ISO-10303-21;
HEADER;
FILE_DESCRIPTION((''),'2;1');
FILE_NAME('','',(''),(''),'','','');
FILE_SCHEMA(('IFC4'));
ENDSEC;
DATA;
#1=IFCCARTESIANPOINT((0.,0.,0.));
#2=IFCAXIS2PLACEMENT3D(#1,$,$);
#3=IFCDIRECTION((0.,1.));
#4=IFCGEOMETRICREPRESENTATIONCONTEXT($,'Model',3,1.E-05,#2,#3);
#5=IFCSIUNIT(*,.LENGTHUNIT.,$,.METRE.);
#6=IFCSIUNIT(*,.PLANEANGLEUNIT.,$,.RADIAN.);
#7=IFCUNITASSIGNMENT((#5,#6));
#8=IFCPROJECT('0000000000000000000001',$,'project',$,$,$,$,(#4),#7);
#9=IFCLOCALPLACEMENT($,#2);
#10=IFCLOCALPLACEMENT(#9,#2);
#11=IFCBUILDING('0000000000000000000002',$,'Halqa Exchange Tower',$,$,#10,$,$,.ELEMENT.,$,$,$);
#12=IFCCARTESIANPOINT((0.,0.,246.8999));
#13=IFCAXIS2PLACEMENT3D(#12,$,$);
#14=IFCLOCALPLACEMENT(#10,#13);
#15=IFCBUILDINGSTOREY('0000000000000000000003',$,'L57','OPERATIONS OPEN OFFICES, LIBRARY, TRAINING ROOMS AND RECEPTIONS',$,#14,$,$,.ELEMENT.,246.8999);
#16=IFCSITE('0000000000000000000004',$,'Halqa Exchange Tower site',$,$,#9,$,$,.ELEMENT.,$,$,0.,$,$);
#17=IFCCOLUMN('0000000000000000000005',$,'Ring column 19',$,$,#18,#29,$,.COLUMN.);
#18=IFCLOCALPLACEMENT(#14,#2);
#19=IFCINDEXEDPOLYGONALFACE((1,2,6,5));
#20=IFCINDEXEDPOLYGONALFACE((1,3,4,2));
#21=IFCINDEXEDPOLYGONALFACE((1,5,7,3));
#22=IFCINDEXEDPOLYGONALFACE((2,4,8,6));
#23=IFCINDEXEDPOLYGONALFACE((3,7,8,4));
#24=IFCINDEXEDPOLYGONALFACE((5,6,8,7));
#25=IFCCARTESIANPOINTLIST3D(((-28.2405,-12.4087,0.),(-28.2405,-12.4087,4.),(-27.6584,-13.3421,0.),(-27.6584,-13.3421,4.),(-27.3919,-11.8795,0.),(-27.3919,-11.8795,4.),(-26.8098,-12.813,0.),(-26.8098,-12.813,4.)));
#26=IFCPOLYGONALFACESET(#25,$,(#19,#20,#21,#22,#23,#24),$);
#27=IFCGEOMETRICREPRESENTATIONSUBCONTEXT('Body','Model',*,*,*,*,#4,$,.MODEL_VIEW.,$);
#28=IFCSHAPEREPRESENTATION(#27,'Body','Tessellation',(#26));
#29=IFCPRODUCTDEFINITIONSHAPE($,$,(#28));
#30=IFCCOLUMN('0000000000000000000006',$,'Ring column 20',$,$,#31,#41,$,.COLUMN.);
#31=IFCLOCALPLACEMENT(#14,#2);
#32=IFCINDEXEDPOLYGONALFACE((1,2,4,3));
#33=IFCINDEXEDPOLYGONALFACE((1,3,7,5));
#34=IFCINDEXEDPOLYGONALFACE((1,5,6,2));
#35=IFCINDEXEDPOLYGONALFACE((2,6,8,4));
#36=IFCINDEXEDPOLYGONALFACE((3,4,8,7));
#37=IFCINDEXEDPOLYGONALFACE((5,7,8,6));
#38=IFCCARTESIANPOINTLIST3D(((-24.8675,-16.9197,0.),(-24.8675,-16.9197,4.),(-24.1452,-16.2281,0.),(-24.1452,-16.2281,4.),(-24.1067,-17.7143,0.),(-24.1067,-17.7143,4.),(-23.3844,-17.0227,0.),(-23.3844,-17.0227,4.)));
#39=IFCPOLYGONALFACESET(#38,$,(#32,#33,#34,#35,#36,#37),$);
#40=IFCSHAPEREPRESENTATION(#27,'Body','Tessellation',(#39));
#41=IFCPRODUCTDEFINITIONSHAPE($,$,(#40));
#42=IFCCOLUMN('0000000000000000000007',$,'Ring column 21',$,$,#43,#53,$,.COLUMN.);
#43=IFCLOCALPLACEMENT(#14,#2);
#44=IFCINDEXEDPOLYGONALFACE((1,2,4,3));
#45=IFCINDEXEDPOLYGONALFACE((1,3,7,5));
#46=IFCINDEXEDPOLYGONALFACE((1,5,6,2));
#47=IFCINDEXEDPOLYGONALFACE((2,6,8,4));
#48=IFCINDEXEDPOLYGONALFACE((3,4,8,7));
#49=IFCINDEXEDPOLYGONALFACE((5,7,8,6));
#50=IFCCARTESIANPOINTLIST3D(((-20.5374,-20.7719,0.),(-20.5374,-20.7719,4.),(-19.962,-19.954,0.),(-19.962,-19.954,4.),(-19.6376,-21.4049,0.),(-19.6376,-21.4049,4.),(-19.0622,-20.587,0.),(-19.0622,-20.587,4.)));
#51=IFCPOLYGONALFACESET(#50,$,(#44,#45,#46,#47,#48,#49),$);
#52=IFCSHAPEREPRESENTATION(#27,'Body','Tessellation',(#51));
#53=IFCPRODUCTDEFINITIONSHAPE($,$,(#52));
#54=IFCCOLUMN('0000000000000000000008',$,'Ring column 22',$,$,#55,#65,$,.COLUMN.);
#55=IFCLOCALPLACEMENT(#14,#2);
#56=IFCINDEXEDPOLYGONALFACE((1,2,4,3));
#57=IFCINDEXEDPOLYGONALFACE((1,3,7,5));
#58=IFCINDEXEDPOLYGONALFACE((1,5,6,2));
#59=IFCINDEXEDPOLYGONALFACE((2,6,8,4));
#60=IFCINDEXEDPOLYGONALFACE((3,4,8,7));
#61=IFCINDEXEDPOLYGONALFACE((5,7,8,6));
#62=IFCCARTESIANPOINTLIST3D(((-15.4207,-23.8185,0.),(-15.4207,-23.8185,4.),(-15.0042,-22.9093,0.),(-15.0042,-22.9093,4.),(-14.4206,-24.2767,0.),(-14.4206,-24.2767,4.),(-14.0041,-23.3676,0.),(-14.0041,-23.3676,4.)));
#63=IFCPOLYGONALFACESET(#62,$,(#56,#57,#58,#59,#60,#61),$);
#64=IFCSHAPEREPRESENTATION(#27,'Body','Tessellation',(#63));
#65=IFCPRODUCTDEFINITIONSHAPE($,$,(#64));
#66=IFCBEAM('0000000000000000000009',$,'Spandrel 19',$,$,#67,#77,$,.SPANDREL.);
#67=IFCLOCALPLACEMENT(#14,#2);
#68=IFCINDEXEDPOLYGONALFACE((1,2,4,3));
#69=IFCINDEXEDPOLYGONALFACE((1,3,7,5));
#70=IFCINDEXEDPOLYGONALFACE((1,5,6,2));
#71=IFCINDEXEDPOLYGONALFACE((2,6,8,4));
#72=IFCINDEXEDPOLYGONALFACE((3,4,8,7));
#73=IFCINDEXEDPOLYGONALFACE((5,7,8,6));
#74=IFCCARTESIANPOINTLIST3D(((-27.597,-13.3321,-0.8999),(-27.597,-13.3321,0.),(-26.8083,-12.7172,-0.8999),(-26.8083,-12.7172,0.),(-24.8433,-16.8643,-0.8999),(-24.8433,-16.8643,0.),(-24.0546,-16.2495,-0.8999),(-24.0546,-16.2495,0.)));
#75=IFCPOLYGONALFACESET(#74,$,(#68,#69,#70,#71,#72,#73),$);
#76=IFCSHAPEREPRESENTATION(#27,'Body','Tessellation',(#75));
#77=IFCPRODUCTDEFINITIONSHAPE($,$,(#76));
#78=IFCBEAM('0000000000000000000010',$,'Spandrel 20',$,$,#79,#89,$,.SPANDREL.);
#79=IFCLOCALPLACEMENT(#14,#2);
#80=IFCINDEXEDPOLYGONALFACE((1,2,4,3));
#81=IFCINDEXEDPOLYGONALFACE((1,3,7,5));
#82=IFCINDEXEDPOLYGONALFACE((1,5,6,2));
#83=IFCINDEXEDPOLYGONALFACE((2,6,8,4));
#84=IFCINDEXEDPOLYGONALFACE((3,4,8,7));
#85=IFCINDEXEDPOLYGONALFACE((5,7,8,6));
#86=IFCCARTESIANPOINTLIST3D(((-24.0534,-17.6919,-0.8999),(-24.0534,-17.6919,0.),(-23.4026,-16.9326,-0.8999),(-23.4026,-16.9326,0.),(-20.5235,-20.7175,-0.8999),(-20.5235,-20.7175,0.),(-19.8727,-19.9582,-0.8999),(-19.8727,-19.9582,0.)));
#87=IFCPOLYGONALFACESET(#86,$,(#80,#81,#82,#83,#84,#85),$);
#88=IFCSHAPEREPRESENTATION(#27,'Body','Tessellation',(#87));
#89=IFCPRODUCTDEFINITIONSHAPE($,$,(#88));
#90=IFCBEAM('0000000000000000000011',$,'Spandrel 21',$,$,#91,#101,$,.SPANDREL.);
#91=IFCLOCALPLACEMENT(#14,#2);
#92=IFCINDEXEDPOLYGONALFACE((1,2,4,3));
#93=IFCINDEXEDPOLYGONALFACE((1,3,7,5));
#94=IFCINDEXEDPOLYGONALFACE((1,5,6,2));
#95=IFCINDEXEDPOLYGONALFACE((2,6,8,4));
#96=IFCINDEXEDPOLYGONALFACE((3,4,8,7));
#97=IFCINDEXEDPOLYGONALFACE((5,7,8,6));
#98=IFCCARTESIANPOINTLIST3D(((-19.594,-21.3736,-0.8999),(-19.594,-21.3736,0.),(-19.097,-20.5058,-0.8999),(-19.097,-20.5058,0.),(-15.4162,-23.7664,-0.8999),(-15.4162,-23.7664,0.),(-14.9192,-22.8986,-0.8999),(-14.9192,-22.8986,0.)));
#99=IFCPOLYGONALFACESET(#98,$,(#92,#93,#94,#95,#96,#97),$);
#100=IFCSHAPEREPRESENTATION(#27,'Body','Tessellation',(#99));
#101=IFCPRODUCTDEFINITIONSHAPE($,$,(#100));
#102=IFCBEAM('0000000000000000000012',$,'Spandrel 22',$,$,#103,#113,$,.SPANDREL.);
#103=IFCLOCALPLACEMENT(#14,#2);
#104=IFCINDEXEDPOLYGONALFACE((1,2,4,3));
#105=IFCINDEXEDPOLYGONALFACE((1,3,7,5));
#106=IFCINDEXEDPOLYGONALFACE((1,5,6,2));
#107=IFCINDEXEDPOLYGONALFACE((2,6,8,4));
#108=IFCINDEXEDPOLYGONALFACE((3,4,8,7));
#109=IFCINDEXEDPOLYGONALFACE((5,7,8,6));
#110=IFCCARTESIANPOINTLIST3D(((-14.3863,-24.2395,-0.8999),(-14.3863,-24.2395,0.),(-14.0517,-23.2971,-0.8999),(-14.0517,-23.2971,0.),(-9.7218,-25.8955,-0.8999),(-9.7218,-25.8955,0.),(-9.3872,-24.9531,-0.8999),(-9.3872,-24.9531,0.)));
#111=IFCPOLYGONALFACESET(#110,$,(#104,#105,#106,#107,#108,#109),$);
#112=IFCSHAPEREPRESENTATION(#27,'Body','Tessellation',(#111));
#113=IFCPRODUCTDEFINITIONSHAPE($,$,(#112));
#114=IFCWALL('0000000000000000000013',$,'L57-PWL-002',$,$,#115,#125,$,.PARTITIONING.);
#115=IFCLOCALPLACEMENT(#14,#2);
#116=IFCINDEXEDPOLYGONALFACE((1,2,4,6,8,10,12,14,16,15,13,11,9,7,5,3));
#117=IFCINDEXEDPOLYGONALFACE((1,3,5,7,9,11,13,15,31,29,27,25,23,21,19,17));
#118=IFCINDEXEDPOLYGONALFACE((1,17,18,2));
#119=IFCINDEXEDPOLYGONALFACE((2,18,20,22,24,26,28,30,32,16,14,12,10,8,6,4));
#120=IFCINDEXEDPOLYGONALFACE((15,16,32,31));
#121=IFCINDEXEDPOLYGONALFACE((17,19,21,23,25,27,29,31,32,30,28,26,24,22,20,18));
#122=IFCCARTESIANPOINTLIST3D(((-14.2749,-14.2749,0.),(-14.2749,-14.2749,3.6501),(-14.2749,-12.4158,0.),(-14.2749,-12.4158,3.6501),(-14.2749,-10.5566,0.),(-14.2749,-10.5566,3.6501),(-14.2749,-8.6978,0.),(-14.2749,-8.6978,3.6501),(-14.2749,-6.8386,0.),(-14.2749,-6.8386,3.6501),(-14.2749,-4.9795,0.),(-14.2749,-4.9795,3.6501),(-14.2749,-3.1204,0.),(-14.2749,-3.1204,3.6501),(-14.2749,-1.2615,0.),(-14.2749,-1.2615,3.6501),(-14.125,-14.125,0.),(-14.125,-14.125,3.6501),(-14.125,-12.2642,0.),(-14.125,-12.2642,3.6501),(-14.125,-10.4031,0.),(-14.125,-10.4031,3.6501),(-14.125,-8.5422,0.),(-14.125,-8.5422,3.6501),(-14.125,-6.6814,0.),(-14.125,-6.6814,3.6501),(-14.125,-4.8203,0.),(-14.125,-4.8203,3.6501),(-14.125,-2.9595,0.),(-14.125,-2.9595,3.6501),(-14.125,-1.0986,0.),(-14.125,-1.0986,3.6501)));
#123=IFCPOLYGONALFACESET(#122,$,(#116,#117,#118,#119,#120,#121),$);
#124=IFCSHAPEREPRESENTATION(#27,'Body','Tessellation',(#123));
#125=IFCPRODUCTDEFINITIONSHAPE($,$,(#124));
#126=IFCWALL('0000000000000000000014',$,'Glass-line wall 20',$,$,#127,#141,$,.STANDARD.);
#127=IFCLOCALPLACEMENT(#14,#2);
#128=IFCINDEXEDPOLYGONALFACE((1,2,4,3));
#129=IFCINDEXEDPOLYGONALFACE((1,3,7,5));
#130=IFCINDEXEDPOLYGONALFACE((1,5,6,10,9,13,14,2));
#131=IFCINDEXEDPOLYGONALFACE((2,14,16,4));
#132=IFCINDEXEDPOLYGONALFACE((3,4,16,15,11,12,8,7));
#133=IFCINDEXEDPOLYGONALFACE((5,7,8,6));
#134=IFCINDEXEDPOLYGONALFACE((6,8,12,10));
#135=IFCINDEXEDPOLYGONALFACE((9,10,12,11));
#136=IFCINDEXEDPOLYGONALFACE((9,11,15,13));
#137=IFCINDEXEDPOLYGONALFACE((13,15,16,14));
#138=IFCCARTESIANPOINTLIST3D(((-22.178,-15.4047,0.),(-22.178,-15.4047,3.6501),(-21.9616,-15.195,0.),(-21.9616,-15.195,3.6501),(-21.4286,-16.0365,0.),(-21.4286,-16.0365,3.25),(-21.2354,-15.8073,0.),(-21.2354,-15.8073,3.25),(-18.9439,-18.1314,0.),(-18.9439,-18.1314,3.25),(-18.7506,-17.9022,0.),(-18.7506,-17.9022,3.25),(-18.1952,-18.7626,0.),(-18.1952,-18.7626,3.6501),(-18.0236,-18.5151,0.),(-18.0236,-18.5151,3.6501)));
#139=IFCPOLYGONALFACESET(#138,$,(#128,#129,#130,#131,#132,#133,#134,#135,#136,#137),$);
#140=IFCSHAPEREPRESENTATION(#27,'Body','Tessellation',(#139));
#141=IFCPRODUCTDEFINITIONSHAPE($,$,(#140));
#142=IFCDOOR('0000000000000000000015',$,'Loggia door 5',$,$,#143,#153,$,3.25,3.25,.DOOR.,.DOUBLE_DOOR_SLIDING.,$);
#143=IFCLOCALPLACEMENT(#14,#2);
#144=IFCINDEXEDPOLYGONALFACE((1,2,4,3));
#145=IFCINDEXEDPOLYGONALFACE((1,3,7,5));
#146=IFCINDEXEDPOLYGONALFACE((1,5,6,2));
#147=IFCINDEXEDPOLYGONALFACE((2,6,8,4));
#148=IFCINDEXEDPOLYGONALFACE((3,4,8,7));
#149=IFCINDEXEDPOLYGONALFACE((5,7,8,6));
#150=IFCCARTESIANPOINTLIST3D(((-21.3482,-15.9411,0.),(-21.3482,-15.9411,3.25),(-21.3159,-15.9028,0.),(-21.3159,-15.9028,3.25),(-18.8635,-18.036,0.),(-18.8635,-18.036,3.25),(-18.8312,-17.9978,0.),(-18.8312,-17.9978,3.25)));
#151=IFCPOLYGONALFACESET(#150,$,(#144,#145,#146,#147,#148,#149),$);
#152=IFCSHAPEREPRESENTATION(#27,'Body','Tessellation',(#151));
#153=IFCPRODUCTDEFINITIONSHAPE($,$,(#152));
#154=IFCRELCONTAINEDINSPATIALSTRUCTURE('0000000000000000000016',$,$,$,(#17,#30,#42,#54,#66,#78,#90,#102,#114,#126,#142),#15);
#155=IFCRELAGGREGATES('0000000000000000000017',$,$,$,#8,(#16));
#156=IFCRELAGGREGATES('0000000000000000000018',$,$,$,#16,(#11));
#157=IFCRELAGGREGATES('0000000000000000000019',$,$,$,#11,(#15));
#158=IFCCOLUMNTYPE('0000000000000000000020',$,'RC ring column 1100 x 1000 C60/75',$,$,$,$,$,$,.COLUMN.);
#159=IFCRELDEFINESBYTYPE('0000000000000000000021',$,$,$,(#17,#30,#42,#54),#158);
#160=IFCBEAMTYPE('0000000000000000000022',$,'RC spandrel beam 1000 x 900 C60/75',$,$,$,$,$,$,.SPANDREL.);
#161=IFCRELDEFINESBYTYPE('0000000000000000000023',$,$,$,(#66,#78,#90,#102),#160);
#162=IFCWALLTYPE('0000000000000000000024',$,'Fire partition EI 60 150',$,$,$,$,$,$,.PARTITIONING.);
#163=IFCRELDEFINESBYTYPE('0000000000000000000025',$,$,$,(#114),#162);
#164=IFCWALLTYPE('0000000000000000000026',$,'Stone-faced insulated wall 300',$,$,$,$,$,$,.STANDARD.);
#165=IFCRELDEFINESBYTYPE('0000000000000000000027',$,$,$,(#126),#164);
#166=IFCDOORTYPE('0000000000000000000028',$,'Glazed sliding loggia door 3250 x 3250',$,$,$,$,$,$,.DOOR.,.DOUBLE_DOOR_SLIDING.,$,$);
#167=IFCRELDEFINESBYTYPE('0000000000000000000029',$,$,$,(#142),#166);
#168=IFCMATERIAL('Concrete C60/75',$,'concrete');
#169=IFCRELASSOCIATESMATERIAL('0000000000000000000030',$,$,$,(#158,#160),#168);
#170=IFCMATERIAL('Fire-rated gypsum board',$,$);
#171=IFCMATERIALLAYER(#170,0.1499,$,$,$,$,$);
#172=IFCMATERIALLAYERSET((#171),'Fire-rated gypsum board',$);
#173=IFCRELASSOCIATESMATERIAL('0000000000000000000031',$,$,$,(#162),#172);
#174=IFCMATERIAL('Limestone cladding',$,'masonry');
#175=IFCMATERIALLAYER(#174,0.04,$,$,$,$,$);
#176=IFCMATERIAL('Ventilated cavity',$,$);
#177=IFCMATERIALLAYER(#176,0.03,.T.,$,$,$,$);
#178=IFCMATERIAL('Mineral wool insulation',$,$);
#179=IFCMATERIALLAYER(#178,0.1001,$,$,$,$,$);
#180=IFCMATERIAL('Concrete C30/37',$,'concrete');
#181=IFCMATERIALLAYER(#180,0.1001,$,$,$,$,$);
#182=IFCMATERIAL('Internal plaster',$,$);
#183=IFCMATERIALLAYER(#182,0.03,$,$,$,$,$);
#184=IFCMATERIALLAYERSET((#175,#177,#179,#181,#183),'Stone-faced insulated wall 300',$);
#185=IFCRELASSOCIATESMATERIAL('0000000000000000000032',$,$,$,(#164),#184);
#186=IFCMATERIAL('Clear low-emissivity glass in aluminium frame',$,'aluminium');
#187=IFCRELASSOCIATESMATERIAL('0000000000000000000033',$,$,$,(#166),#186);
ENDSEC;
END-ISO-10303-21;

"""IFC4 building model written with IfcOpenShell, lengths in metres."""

from ifc_helpers import new_model, si_unit, direction, frame, frame_2d, origin, origin_2d, place, context, subcontext, project, spatial, polyline, rectangle, outline, extrude, material, layer, layer_set, material_profile, profile_set, type_object, element, fill, save


model = new_model("IFC4")

# Units and contexts
model_context = context("Model", 3, precision=1e-05, world=origin(), true_north=direction((0.0, 1.0)))
body_context = subcontext(model_context, "Body", "Model", "MODEL_VIEW")
ifc_project = project(units=[si_unit("LENGTHUNIT", "METRE"), si_unit("PLANEANGLEUNIT", "RADIAN")], contexts=[model_context])

# Site, building, storey
site_placement = place(None, origin())
site = spatial("IfcSite", under=ifc_project, at=site_placement, Name="Halqa Exchange Tower site", CompositionType="ELEMENT", RefElevation=0.0)
building_placement = place(site_placement, origin())
building = spatial("IfcBuilding", under=site, at=building_placement, Name="Halqa Exchange Tower", CompositionType="ELEMENT")
storey_placement = place(building_placement, frame((0.0, 0.0, 246.8999)))
storey = spatial("IfcBuildingStorey", under=building, at=storey_placement, Name="L57", Description="OPERATIONS OPEN OFFICES, LIBRARY, TRAINING ROOMS AND RECEPTIONS", CompositionType="ELEMENT", Elevation=246.8999)

# Columns
ifc_material_1 = material(Name="Concrete C60/75", Category="concrete")
ifc_material_profile_1 = material_profile(ifc_material_1, rectangle(XDim=1.1001, YDim=1.0, at=origin_2d()), Name="1100 x 1000")
ifc_profile_set_1 = profile_set([ifc_material_profile_1], Name="Concrete C60/75")
column_type = type_object("IfcColumnType", Name="RC ring column 1100 x 1000 C60/75", PredefinedType="COLUMN", material=ifc_profile_set_1)
for number, where, z_axis, x_axis, name in (
    (1, (-27.5251, -12.6108, 0.0), (0.0, 0.0, 1.0), (0.529148, -0.84853, 0.0), "Ring column 19"),
    (2, (-24.126, -16.9712, 0.0), (0.0, 0.0, 1.0), (0.691579, -0.722301, 0.0), "Ring column 20"),
    (3, (-19.7998, -20.6794, 0.0), (0.0, 0.0, 1.0), (0.817905, -0.575354, 0.0), "Ring column 21"),
    (4, (-14.7124, -23.593, 0.0), (0.0, 0.0, 1.0), (0.909126, -0.416522, 0.0), "Ring column 22"),
):
    element("IfcColumn", number, at=place(storey_placement, frame(where, z_axis=z_axis, x_axis=x_axis)), inside=storey, type_object=column_type, Name=name, PredefinedType="COLUMN", context=body_context, shape_type="SweptSolid", body=[
        extrude(rectangle(XDim=1.1001, YDim=1.0, at=origin_2d()), origin(), (0.0, 0.0, 1.0), 4.0),
    ])

# Beams
ifc_material_profile_2 = material_profile(ifc_material_1, rectangle(XDim=1.0, YDim=0.8999, at=origin_2d()), Name="1000 x 900")
ifc_profile_set_2 = profile_set([ifc_material_profile_2], Name="Concrete C60/75")
beam_type = type_object("IfcBeamType", Name="RC spandrel beam 1000 x 900 C60/75", PredefinedType="SPANDREL", material=ifc_profile_set_2)
beam_1_placement = place(storey_placement, frame((-27.2026, -13.0247, -0.45), z_axis=(0.614827, -0.788662, 0.0), x_axis=(0.788662, 0.614827, 0.0)))
element("IfcBeam", 5, at=beam_1_placement, inside=storey, type_object=beam_type, Name="Spandrel 19", PredefinedType="SPANDREL", context=body_context, shape_type="SweptSolid", body=[
    extrude(rectangle(XDim=1.0, YDim=0.8999, at=origin_2d()), origin(), (0.0, 0.0, 1.0), 4.4788),
])
beam_2_placement = place(storey_placement, frame((-23.728, -17.3123, -0.45), z_axis=(0.759268, -0.650778, 0.0), x_axis=(0.650778, 0.759268, 0.0)))
element("IfcBeam", 6, at=beam_2_placement, inside=storey, type_object=beam_type, Name="Spandrel 20", PredefinedType="SPANDREL", context=body_context, shape_type="SweptSolid", body=[
    extrude(rectangle(XDim=1.0, YDim=0.8999, at=origin_2d()), origin(), (0.0, 0.0, 1.0), 4.6492),
])
beam_3_placement = place(storey_placement, frame((-19.3455, -20.9397, -0.45), z_axis=(0.867747, -0.497007, 0.0), x_axis=(0.497007, 0.867747, 0.0)))
element("IfcBeam", 7, at=beam_3_placement, inside=storey, type_object=beam_type, Name="Spandrel 21", PredefinedType="SPANDREL", context=body_context, shape_type="SweptSolid", body=[
    extrude(rectangle(XDim=1.0, YDim=0.8999, at=origin_2d()), origin(), (0.0, 0.0, 1.0), 4.8145),
])
beam_4_placement = place(storey_placement, frame((-14.219, -23.7683, -0.45), z_axis=(0.942374, -0.334561, 0.0), x_axis=(0.334561, 0.942374, 0.0)))
element("IfcBeam", 8, at=beam_4_placement, inside=storey, type_object=beam_type, Name="Spandrel 22", PredefinedType="SPANDREL", context=body_context, shape_type="SweptSolid", body=[
    extrude(rectangle(XDim=1.0, YDim=0.8999, at=origin_2d()), origin(), (0.0, 0.0, 1.0), 4.9497),
])

# Wall
ifc_material_2 = material(Name="Fire-rated gypsum board")
ifc_layer_1 = layer(ifc_material_2, 0.1499)
ifc_layer_set_1 = layer_set([ifc_layer_1], Name="Fire-rated gypsum board")
wall_type_1 = type_object("IfcWallType", Name="Fire partition EI 60 150", PredefinedType="PARTITIONING", material=ifc_layer_set_1)
wall_1_placement = place(storey_placement, frame((-14.2, -14.2749, 0.0), z_axis=(0.0, 0.0, 1.0), x_axis=(0.0, 1.0, 0.0)))
element("IfcWall", 9, at=wall_1_placement, inside=storey, type_object=wall_type_1, Name="L57-PWL-002", PredefinedType="PARTITIONING", context=body_context, shape_type="SweptSolid", body=[
    extrude(outline(polyline([(0.1499, -0.075), (2.0107, -0.075), (3.8718, -0.075), (5.7327, -0.075), (7.5935, -0.075), (9.4546, -0.075), (11.3154, -0.075), (13.1763, -0.075), (13.0134, 0.075), (11.1545, 0.075), (9.2954, 0.075), (7.4363, 0.075), (5.5771, 0.075), (3.7183, 0.075), (1.8591, 0.075), (0.0, 0.075), (0.1499, -0.075)])), origin(), (0.0, 0.0, 1.0), 3.6501),
])

# Wall, opening, door
ifc_material_3 = material(Name="Limestone cladding", Category="masonry")
ifc_layer_2 = layer(ifc_material_3, 0.04)
ifc_material_4 = material(Name="Ventilated cavity")
ifc_layer_3 = layer(ifc_material_4, 0.03, ventilated=True)
ifc_material_5 = material(Name="Mineral wool insulation")
ifc_layer_4 = layer(ifc_material_5, 0.1001)
ifc_material_6 = material(Name="Concrete C30/37", Category="concrete")
ifc_layer_5 = layer(ifc_material_6, 0.1001)
ifc_material_7 = material(Name="Internal plaster")
ifc_layer_6 = layer(ifc_material_7, 0.03)
ifc_layer_set_2 = layer_set([ifc_layer_2, ifc_layer_3, ifc_layer_4, ifc_layer_5, ifc_layer_6], Name="Stone-faced insulated wall 300")
wall_type_2 = type_object("IfcWallType", Name="Stone-faced insulated wall 300", PredefinedType="STANDARD", material=ifc_layer_set_2)
wall_2_placement = place(storey_placement, frame((-22.0698, -15.2998, 0.0), z_axis=(0.0, 0.0, 1.0), x_axis=(0.764531, -0.644587, 0.0)))
wall_2 = element("IfcWall", 10, at=wall_2_placement, inside=storey, type_object=wall_type_2, Name="Glass-line wall 20", PredefinedType="STANDARD", context=body_context, shape_type="SweptSolid", body=[
    extrude(outline(polyline([(-0.0151, -0.1499), (5.1943, -0.1499), (5.166, 0.1499), (0.0151, 0.1499), (-0.0151, -0.1499)])), origin(), (0.0, 0.0, 1.0), 3.6501),
])
opening_1_placement = place(wall_2_placement, frame((0.9651, 0.0, 0.0)))
opening_1 = element("IfcOpeningElement", 11, at=opening_1_placement, cuts=wall_2, PredefinedType="OPENING", context=body_context, shape_type="SweptSolid", body=[
    extrude(rectangle(XDim=3.25, YDim=3.25, at=frame_2d((1.625, 1.625))), frame((0.0, 0.1621, 0.0), z_axis=(0.0, -1.0, 0.0), x_axis=(1.0, 0.0, 0.0)), (0.0, 0.0, 1.0), 0.324),
])
ifc_material_8 = material(Name="Clear low-emissivity glass in aluminium frame", Category="aluminium")
door_type = type_object("IfcDoorType", Name="Glazed sliding loggia door 3250 x 3250", OperationType="DOUBLE_DOOR_SLIDING", PredefinedType="DOOR", material=ifc_material_8)
door_placement = place(opening_1_placement, origin())
door = element("IfcDoor", 12, at=door_placement, inside=storey, type_object=door_type, Name="Loggia door 5", OperationType="DOUBLE_DOOR_SLIDING", OverallHeight=3.25, OverallWidth=3.25, PredefinedType="DOOR", context=body_context, shape_type="SweptSolid", body=[
    extrude(rectangle(XDim=3.25, YDim=3.25, at=frame_2d((1.625, 1.625))), frame((0.0, 0.0249, 0.0), z_axis=(0.0, -1.0, 0.0), x_axis=(1.0, 0.0, 0.0)), (0.0, 0.0, 1.0), 0.05),
])
fill(opening_1, door)

save(model, "model.ifc")
